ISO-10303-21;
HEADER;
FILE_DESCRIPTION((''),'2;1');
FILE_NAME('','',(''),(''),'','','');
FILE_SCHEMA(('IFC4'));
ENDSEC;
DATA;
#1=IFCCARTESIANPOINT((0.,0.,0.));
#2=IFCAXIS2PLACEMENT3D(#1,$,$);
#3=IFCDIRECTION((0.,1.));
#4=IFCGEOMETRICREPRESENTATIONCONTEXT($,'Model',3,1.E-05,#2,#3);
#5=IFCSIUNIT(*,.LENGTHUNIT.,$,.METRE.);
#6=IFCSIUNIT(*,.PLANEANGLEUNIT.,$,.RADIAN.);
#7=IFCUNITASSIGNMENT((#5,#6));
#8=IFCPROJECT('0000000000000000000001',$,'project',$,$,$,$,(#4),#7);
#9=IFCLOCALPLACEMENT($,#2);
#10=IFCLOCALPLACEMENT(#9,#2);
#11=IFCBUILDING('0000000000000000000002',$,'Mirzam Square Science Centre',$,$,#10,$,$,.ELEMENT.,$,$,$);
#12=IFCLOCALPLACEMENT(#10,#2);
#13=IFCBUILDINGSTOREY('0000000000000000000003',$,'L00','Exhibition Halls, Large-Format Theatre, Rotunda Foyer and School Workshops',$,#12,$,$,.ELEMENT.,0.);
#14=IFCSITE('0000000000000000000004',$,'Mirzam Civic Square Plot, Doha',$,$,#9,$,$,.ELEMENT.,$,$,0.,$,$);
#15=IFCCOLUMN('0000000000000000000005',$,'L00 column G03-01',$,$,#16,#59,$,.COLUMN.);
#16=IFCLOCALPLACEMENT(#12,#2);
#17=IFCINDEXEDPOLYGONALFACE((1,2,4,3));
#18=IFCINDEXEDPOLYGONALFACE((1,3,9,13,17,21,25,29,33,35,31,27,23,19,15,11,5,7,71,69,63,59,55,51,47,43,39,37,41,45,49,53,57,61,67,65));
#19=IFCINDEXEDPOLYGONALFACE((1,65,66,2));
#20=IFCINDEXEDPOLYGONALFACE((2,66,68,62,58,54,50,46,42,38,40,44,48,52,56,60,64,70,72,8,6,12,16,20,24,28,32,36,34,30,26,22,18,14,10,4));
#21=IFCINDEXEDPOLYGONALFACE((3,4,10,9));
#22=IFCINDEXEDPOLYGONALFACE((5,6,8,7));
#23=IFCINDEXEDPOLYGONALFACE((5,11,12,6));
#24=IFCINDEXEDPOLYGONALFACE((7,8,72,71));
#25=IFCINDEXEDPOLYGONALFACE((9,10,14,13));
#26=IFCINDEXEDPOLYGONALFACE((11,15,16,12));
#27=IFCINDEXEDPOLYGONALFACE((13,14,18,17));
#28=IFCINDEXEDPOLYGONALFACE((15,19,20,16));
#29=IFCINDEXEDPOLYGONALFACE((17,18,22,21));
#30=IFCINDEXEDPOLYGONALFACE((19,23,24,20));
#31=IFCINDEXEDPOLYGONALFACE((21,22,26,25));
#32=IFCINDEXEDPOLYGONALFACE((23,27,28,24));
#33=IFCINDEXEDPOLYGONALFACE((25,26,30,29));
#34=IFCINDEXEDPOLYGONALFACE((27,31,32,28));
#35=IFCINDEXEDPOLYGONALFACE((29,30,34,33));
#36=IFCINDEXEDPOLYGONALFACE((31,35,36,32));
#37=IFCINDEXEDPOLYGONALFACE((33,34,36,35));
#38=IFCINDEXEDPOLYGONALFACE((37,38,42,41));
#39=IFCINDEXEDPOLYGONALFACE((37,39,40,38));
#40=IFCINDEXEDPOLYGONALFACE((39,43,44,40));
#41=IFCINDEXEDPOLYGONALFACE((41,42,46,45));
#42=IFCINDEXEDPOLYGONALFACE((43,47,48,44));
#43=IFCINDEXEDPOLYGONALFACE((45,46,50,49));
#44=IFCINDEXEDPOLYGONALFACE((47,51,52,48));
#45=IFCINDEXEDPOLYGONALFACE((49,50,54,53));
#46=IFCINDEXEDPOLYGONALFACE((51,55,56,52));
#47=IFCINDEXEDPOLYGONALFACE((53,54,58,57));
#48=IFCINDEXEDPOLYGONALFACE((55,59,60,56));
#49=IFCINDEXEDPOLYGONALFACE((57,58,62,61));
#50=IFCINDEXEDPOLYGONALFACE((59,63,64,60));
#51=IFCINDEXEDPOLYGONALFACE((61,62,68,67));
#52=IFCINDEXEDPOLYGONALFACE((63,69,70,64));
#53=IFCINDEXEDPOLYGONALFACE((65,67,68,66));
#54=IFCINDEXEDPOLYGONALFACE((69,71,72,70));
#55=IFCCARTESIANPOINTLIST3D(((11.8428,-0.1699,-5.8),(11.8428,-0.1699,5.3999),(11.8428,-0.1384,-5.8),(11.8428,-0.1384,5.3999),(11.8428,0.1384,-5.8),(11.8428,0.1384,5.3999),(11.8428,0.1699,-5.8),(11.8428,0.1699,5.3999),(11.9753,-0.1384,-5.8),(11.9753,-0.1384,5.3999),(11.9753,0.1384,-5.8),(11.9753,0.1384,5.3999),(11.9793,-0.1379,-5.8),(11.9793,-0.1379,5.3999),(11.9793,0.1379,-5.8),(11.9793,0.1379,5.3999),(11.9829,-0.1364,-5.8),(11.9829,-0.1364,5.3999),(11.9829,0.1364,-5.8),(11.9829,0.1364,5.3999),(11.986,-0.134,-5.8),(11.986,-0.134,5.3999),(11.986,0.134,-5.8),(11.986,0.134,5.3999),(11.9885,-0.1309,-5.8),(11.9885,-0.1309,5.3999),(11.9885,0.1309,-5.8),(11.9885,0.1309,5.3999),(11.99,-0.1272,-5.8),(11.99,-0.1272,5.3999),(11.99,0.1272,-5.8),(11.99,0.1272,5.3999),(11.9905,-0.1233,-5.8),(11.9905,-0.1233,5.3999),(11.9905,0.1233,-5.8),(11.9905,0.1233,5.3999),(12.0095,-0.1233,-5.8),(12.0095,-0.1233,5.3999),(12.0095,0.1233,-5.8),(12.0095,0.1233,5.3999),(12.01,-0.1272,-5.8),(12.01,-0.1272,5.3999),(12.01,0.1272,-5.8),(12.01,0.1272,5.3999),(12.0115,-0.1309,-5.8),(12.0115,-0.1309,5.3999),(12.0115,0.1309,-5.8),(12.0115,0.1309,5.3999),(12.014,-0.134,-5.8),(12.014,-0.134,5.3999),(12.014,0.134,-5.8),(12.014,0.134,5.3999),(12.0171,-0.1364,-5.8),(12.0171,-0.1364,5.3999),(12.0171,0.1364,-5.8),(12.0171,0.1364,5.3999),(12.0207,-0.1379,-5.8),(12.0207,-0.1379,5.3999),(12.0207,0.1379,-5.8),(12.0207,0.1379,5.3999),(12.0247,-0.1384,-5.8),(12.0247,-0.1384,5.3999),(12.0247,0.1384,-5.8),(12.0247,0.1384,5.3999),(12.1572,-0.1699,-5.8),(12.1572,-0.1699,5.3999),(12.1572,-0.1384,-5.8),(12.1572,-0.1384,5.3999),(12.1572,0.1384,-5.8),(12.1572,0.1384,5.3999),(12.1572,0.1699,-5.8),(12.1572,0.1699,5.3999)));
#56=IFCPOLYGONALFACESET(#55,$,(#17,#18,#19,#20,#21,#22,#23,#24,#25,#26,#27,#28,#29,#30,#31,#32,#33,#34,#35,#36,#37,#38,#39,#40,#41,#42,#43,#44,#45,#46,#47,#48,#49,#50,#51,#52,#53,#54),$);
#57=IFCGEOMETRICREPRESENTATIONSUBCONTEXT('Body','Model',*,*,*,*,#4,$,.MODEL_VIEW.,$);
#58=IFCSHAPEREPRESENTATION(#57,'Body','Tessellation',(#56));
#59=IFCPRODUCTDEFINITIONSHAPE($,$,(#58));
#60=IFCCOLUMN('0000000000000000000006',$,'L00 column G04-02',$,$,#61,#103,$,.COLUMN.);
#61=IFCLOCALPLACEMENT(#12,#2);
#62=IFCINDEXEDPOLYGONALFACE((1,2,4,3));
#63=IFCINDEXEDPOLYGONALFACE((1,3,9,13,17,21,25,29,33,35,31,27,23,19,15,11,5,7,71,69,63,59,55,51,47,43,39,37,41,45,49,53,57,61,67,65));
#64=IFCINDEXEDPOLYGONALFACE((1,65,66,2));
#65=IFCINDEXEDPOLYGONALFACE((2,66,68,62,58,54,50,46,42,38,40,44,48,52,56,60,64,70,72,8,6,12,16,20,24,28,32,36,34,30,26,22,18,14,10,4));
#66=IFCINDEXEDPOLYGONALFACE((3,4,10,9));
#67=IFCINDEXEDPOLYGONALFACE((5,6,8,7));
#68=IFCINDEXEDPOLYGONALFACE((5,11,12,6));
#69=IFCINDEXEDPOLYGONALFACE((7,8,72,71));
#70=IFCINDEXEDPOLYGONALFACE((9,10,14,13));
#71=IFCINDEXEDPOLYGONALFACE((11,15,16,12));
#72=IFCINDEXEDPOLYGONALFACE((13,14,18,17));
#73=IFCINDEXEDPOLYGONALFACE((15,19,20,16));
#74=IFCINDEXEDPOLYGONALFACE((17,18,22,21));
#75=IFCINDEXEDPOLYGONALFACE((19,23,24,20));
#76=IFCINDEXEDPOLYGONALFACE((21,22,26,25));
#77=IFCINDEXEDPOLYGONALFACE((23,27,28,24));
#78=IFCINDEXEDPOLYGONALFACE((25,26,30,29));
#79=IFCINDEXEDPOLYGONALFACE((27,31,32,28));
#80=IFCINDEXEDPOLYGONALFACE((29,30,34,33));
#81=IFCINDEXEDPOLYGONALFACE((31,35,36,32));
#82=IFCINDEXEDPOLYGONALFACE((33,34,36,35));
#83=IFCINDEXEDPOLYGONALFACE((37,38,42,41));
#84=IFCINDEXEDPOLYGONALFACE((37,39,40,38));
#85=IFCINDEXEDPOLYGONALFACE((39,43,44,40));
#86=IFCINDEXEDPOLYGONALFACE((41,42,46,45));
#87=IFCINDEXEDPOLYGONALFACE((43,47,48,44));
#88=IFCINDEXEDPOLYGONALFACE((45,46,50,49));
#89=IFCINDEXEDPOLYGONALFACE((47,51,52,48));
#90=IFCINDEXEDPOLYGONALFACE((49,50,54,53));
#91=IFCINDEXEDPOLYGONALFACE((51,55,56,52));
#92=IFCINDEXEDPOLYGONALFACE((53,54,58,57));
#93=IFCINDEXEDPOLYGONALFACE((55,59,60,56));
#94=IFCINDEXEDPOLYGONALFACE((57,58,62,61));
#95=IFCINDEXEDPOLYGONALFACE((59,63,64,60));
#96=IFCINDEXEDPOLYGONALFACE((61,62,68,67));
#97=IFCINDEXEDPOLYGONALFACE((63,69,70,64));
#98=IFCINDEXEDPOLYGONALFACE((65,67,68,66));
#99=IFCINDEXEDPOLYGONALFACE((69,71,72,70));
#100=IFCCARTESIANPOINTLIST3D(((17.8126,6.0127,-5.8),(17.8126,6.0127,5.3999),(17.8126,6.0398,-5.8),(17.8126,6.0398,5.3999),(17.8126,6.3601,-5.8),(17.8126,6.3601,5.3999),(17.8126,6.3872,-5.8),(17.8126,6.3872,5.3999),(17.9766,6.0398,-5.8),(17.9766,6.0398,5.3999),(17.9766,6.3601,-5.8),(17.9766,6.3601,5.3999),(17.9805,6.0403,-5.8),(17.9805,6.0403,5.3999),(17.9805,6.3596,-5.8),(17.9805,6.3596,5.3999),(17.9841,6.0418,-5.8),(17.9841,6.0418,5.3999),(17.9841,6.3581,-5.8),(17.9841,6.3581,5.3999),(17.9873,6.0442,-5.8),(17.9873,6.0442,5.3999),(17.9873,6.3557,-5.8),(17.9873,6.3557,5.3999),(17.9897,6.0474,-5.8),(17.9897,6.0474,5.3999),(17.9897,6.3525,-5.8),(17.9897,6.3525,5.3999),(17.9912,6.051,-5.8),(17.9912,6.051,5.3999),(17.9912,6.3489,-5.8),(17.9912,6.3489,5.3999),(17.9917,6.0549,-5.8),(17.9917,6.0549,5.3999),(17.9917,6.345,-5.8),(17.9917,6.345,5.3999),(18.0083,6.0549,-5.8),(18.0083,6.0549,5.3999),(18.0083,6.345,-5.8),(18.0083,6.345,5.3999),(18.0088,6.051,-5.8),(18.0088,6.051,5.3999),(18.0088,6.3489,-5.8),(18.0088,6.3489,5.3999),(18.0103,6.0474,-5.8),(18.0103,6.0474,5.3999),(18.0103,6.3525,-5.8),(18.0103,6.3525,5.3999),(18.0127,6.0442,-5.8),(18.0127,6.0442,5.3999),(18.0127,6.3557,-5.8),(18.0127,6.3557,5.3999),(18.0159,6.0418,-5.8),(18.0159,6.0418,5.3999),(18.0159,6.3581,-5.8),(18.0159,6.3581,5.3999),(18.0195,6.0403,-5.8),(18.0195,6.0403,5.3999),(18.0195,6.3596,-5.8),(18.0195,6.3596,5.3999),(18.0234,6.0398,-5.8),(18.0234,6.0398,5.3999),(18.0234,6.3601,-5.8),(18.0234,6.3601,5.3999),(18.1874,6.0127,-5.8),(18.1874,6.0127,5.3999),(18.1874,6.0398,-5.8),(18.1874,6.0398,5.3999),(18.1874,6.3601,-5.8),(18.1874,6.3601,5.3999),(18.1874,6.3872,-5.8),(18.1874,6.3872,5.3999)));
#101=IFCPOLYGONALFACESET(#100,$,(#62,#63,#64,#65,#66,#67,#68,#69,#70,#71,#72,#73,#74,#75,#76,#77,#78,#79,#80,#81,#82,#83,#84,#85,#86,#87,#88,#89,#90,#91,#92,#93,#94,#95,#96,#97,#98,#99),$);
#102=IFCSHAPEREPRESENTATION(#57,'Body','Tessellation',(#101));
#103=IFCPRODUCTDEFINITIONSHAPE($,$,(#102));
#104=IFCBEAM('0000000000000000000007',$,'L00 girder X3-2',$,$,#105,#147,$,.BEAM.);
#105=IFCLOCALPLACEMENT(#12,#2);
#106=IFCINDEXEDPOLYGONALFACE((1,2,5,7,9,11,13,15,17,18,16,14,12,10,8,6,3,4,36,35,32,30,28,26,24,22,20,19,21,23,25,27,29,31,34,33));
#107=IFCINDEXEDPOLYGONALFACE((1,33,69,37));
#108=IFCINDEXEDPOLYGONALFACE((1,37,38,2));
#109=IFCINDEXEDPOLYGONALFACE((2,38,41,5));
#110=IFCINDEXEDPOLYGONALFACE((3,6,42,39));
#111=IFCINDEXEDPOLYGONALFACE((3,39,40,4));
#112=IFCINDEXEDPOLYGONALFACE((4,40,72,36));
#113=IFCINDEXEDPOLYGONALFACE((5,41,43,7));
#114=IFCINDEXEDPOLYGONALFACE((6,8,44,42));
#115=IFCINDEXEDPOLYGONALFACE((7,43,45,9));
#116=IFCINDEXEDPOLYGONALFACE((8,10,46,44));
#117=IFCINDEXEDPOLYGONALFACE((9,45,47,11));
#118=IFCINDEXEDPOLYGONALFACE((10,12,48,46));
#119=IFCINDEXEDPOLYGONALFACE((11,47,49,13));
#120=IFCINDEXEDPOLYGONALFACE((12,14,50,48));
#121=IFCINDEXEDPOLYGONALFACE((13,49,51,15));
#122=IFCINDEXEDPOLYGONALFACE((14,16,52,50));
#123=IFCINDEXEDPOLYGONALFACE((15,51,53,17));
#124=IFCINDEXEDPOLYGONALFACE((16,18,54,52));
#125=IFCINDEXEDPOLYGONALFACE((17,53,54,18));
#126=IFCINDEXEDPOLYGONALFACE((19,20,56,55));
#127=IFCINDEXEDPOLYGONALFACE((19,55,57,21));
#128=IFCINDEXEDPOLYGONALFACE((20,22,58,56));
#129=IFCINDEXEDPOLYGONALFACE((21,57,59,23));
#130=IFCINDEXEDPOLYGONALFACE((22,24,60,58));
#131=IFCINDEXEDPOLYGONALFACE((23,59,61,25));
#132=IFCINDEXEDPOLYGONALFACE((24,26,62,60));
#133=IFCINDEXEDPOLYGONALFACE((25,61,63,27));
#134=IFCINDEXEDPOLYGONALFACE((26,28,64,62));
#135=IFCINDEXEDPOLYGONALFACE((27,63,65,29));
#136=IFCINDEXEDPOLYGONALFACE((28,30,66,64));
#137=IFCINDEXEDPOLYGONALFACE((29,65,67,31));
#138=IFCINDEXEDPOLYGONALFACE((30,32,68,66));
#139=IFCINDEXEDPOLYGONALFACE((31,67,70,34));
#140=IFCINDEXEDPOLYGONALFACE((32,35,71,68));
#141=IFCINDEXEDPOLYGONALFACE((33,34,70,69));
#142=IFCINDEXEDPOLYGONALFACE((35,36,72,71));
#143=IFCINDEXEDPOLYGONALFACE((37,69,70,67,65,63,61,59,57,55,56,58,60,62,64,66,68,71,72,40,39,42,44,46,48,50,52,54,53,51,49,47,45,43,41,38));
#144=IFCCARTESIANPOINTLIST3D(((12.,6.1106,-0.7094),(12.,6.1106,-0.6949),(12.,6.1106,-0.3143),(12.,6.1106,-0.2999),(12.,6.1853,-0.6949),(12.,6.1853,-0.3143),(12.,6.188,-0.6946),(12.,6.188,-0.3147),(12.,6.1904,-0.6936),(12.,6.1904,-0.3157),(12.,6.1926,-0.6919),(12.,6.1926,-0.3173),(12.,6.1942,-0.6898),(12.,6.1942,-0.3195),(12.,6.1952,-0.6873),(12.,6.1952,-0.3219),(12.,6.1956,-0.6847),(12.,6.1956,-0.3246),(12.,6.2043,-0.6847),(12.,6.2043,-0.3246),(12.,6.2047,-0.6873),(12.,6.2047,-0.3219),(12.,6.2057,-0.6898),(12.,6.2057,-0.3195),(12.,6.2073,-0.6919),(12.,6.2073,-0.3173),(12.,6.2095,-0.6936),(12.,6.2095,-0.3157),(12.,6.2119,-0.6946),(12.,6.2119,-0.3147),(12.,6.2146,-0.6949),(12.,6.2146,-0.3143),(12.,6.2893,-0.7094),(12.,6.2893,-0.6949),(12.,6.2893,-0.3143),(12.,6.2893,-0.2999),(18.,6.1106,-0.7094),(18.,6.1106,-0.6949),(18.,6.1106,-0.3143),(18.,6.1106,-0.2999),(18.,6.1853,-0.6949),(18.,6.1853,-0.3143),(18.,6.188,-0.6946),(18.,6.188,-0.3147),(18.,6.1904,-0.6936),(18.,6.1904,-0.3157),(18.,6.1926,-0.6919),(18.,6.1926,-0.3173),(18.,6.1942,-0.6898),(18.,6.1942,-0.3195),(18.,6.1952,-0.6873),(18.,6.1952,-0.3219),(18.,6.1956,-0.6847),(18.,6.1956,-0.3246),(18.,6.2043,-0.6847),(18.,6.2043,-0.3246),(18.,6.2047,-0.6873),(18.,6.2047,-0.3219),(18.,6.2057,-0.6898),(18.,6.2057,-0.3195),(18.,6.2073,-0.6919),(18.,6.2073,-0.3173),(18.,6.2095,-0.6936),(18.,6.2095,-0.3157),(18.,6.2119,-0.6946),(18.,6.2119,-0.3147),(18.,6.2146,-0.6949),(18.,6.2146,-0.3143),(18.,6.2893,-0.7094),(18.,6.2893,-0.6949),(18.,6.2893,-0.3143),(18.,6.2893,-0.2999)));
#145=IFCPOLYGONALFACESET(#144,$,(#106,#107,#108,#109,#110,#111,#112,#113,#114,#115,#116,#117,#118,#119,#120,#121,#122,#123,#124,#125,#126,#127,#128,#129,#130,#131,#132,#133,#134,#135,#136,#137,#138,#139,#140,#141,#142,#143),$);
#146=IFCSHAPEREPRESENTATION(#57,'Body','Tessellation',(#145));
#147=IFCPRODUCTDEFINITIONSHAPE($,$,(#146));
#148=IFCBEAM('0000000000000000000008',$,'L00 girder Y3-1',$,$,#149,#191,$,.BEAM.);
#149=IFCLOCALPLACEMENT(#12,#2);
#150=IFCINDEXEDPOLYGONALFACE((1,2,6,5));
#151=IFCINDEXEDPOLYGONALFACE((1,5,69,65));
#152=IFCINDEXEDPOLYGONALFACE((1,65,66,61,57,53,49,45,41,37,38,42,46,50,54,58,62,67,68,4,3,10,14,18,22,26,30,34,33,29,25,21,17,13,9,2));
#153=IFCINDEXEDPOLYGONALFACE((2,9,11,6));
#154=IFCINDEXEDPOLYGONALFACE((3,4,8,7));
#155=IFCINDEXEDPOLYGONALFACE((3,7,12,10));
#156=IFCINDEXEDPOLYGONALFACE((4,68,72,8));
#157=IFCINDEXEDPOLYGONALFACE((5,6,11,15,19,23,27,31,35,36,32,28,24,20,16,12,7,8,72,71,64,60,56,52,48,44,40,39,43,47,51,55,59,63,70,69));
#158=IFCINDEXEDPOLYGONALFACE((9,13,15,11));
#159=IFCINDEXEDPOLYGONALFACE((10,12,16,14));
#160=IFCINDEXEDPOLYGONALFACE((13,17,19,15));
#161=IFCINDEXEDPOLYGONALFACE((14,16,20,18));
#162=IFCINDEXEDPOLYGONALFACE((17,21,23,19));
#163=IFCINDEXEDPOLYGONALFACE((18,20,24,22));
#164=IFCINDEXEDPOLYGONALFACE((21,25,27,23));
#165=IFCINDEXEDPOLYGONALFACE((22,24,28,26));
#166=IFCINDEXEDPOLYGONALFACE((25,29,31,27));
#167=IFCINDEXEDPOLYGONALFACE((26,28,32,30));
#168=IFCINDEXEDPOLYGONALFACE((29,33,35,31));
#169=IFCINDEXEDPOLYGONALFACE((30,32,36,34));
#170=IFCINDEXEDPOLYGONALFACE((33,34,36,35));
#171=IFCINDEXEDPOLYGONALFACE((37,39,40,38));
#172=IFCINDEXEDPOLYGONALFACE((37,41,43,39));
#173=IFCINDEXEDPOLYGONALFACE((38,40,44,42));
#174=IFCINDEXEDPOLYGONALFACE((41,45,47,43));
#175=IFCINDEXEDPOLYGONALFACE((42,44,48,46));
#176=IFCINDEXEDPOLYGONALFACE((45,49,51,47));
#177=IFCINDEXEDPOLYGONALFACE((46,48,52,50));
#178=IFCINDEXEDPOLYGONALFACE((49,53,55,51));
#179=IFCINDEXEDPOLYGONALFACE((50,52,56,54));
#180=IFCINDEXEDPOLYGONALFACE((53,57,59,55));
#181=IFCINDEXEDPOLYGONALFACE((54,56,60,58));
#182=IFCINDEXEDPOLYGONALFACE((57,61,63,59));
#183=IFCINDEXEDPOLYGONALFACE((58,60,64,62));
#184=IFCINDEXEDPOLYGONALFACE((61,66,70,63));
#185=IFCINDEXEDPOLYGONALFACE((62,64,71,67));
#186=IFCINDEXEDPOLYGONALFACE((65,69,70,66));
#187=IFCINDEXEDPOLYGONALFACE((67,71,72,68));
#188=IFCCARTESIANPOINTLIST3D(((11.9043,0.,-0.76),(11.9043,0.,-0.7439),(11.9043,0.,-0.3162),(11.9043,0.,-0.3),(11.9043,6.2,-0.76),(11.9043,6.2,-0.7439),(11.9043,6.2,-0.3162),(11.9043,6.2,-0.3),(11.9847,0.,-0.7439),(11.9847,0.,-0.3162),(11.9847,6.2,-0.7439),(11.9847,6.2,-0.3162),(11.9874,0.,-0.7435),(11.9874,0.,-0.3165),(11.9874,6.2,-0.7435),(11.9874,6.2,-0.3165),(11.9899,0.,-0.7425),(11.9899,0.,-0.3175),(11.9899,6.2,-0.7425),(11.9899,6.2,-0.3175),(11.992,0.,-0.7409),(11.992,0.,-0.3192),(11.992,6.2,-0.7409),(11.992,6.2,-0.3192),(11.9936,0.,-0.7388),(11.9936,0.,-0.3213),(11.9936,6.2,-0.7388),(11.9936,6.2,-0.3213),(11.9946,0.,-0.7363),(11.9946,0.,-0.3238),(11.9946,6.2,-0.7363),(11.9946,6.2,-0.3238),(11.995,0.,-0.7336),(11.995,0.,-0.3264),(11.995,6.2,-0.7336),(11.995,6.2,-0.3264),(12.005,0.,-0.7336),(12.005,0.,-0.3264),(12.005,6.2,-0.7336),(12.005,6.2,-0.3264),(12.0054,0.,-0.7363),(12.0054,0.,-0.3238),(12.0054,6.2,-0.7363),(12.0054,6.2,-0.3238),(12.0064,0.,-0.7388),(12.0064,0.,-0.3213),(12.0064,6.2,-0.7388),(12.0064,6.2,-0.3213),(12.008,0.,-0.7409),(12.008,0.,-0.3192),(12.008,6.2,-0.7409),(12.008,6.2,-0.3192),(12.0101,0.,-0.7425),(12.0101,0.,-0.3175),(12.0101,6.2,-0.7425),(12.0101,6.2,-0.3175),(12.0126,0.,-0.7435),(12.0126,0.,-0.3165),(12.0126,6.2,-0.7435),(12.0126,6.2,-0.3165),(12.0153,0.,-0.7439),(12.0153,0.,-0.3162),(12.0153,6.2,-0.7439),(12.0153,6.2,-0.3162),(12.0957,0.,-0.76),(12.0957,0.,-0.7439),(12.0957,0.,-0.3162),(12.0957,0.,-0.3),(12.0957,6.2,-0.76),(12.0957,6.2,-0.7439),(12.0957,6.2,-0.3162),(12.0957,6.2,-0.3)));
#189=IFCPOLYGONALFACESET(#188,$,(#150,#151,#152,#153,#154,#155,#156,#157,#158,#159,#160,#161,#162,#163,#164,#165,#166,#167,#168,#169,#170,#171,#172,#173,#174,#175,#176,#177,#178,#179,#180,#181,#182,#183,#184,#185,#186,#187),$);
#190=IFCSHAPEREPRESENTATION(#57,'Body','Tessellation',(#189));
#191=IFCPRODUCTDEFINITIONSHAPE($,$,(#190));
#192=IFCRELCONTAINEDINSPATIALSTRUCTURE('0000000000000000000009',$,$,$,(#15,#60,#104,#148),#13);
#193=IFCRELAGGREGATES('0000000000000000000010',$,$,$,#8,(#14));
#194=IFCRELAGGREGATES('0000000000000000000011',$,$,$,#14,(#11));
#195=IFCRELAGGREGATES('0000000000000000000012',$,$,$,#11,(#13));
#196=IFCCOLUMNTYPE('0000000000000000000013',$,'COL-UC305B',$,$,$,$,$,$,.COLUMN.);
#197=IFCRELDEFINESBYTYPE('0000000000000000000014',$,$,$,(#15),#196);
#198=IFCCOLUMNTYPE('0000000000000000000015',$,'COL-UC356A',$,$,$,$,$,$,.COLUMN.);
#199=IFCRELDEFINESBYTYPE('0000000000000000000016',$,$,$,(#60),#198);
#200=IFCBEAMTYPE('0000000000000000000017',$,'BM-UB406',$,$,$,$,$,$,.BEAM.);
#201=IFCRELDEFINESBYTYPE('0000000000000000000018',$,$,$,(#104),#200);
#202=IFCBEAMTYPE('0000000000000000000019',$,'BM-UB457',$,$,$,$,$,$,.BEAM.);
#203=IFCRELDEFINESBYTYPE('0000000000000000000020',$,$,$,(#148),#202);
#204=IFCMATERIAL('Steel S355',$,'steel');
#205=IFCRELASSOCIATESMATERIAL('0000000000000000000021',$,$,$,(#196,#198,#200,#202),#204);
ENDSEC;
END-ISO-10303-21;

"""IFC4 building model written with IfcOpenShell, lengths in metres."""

from ifc_helpers import new_model, si_unit, direction, frame, origin, origin_2d, place, context, subcontext, project, spatial, i_section, extrude, material, material_profile, profile_set, type_object, element, save


model = new_model("IFC4")

# Units and contexts
model_context = context("Model", 3, precision=1e-05, world=origin(), true_north=direction((0.0, 1.0)))
body_context = subcontext(model_context, "Body", "Model", "MODEL_VIEW")
ifc_project = project(units=[si_unit("LENGTHUNIT", "METRE"), si_unit("PLANEANGLEUNIT", "RADIAN")], contexts=[model_context])

# Site, building, storey
site_placement = place(None, origin())
site = spatial("IfcSite", under=ifc_project, at=site_placement, Name="Mirzam Civic Square Plot, Doha", CompositionType="ELEMENT", RefElevation=0.0)
building_placement = place(site_placement, origin())
building = spatial("IfcBuilding", under=site, at=building_placement, Name="Mirzam Square Science Centre", CompositionType="ELEMENT")
storey_placement = place(building_placement, origin())
storey = spatial("IfcBuildingStorey", under=building, at=storey_placement, Name="L00", Description="Exhibition Halls, Large-Format Theatre, Rotunda Foyer and School Workshops", CompositionType="ELEMENT", Elevation=0.0)

# Columns
ifc_material_1 = material(Name="Steel S355", Category="steel")
ifc_material_profile_1 = material_profile(ifc_material_1, i_section(OverallWidth=0.3145, OverallDepth=0.3398, WebThickness=0.019, FlangeThickness=0.0315, FilletRadius=0.0151, at=origin_2d()), Name="305x305x198UC")
ifc_profile_set_1 = profile_set([ifc_material_profile_1], Name="Steel S355")
column_type_1 = type_object("IfcColumnType", Name="COL-UC305B", PredefinedType="COLUMN", material=ifc_profile_set_1)
column_1_placement = place(storey_placement, frame((12.0, 0.0, -5.8), z_axis=(0.0, 0.0, 1.0), x_axis=(1.0, 0.0, 0.0)))
element("IfcColumn", 1, at=column_1_placement, inside=storey, type_object=column_type_1, Name="L00 column G03-01", PredefinedType="COLUMN", context=body_context, shape_type="SweptSolid", body=[
    extrude(i_section(OverallWidth=0.3145, OverallDepth=0.3398, WebThickness=0.019, FlangeThickness=0.0315, FilletRadius=0.0151, at=origin_2d()), origin(), (0.0, 0.0, 1.0), 11.2),
])
ifc_material_profile_2 = material_profile(ifc_material_1, i_section(OverallWidth=0.3748, OverallDepth=0.3745, WebThickness=0.0166, FlangeThickness=0.0271, FilletRadius=0.0151, at=origin_2d()), Name="356x368x202UC")
ifc_profile_set_2 = profile_set([ifc_material_profile_2], Name="Steel S355")
column_type_2 = type_object("IfcColumnType", Name="COL-UC356A", PredefinedType="COLUMN", material=ifc_profile_set_2)
column_2_placement = place(storey_placement, frame((18.0, 6.2, -5.8), z_axis=(0.0, 0.0, 1.0), x_axis=(1.0, 0.0, 0.0)))
element("IfcColumn", 2, at=column_2_placement, inside=storey, type_object=column_type_2, Name="L00 column G04-02", PredefinedType="COLUMN", context=body_context, shape_type="SweptSolid", body=[
    extrude(i_section(OverallWidth=0.3748, OverallDepth=0.3745, WebThickness=0.0166, FlangeThickness=0.0271, FilletRadius=0.0151, at=origin_2d()), origin(), (0.0, 0.0, 1.0), 11.2),
])

# Beams
ifc_material_profile_3 = material_profile(ifc_material_1, i_section(OverallWidth=0.1787, OverallDepth=0.4094, WebThickness=0.0088, FlangeThickness=0.0144, FilletRadius=0.0103, at=origin_2d()), Name="406x178x67UB")
ifc_profile_set_3 = profile_set([ifc_material_profile_3], Name="Steel S355")
beam_type_1 = type_object("IfcBeamType", Name="BM-UB406", PredefinedType="BEAM", material=ifc_profile_set_3)
beam_1_placement = place(storey_placement, frame((12.0, 6.2, -0.5046), z_axis=(1.0, 0.0, 0.0), x_axis=(0.0, 1.0, 0.0)))
element("IfcBeam", 3, at=beam_1_placement, inside=storey, type_object=beam_type_1, Name="L00 girder X3-2", PredefinedType="BEAM", context=body_context, shape_type="SweptSolid", body=[
    extrude(i_section(OverallWidth=0.1787, OverallDepth=0.4094, WebThickness=0.0088, FlangeThickness=0.0144, FilletRadius=0.0103, at=origin_2d()), origin(), (0.0, 0.0, 1.0), 6.0),
])
ifc_material_profile_4 = material_profile(ifc_material_1, i_section(OverallWidth=0.1914, OverallDepth=0.46, WebThickness=0.01, FlangeThickness=0.0161, FilletRadius=0.0103, at=origin_2d()), Name="457x191x82UB")
ifc_profile_set_4 = profile_set([ifc_material_profile_4], Name="Steel S355")
beam_type_2 = type_object("IfcBeamType", Name="BM-UB457", PredefinedType="BEAM", material=ifc_profile_set_4)
beam_2_placement = place(storey_placement, frame((12.0, 0.0, -0.53), z_axis=(0.0, 1.0, 0.0), x_axis=(-1.0, 0.0, 0.0)))
element("IfcBeam", 4, at=beam_2_placement, inside=storey, type_object=beam_type_2, Name="L00 girder Y3-1", PredefinedType="BEAM", context=body_context, shape_type="SweptSolid", body=[
    extrude(i_section(OverallWidth=0.1914, OverallDepth=0.46, WebThickness=0.01, FlangeThickness=0.0161, FilletRadius=0.0103, at=origin_2d()), origin(), (0.0, 0.0, 1.0), 6.2),
])

save(model, "model.ifc")
